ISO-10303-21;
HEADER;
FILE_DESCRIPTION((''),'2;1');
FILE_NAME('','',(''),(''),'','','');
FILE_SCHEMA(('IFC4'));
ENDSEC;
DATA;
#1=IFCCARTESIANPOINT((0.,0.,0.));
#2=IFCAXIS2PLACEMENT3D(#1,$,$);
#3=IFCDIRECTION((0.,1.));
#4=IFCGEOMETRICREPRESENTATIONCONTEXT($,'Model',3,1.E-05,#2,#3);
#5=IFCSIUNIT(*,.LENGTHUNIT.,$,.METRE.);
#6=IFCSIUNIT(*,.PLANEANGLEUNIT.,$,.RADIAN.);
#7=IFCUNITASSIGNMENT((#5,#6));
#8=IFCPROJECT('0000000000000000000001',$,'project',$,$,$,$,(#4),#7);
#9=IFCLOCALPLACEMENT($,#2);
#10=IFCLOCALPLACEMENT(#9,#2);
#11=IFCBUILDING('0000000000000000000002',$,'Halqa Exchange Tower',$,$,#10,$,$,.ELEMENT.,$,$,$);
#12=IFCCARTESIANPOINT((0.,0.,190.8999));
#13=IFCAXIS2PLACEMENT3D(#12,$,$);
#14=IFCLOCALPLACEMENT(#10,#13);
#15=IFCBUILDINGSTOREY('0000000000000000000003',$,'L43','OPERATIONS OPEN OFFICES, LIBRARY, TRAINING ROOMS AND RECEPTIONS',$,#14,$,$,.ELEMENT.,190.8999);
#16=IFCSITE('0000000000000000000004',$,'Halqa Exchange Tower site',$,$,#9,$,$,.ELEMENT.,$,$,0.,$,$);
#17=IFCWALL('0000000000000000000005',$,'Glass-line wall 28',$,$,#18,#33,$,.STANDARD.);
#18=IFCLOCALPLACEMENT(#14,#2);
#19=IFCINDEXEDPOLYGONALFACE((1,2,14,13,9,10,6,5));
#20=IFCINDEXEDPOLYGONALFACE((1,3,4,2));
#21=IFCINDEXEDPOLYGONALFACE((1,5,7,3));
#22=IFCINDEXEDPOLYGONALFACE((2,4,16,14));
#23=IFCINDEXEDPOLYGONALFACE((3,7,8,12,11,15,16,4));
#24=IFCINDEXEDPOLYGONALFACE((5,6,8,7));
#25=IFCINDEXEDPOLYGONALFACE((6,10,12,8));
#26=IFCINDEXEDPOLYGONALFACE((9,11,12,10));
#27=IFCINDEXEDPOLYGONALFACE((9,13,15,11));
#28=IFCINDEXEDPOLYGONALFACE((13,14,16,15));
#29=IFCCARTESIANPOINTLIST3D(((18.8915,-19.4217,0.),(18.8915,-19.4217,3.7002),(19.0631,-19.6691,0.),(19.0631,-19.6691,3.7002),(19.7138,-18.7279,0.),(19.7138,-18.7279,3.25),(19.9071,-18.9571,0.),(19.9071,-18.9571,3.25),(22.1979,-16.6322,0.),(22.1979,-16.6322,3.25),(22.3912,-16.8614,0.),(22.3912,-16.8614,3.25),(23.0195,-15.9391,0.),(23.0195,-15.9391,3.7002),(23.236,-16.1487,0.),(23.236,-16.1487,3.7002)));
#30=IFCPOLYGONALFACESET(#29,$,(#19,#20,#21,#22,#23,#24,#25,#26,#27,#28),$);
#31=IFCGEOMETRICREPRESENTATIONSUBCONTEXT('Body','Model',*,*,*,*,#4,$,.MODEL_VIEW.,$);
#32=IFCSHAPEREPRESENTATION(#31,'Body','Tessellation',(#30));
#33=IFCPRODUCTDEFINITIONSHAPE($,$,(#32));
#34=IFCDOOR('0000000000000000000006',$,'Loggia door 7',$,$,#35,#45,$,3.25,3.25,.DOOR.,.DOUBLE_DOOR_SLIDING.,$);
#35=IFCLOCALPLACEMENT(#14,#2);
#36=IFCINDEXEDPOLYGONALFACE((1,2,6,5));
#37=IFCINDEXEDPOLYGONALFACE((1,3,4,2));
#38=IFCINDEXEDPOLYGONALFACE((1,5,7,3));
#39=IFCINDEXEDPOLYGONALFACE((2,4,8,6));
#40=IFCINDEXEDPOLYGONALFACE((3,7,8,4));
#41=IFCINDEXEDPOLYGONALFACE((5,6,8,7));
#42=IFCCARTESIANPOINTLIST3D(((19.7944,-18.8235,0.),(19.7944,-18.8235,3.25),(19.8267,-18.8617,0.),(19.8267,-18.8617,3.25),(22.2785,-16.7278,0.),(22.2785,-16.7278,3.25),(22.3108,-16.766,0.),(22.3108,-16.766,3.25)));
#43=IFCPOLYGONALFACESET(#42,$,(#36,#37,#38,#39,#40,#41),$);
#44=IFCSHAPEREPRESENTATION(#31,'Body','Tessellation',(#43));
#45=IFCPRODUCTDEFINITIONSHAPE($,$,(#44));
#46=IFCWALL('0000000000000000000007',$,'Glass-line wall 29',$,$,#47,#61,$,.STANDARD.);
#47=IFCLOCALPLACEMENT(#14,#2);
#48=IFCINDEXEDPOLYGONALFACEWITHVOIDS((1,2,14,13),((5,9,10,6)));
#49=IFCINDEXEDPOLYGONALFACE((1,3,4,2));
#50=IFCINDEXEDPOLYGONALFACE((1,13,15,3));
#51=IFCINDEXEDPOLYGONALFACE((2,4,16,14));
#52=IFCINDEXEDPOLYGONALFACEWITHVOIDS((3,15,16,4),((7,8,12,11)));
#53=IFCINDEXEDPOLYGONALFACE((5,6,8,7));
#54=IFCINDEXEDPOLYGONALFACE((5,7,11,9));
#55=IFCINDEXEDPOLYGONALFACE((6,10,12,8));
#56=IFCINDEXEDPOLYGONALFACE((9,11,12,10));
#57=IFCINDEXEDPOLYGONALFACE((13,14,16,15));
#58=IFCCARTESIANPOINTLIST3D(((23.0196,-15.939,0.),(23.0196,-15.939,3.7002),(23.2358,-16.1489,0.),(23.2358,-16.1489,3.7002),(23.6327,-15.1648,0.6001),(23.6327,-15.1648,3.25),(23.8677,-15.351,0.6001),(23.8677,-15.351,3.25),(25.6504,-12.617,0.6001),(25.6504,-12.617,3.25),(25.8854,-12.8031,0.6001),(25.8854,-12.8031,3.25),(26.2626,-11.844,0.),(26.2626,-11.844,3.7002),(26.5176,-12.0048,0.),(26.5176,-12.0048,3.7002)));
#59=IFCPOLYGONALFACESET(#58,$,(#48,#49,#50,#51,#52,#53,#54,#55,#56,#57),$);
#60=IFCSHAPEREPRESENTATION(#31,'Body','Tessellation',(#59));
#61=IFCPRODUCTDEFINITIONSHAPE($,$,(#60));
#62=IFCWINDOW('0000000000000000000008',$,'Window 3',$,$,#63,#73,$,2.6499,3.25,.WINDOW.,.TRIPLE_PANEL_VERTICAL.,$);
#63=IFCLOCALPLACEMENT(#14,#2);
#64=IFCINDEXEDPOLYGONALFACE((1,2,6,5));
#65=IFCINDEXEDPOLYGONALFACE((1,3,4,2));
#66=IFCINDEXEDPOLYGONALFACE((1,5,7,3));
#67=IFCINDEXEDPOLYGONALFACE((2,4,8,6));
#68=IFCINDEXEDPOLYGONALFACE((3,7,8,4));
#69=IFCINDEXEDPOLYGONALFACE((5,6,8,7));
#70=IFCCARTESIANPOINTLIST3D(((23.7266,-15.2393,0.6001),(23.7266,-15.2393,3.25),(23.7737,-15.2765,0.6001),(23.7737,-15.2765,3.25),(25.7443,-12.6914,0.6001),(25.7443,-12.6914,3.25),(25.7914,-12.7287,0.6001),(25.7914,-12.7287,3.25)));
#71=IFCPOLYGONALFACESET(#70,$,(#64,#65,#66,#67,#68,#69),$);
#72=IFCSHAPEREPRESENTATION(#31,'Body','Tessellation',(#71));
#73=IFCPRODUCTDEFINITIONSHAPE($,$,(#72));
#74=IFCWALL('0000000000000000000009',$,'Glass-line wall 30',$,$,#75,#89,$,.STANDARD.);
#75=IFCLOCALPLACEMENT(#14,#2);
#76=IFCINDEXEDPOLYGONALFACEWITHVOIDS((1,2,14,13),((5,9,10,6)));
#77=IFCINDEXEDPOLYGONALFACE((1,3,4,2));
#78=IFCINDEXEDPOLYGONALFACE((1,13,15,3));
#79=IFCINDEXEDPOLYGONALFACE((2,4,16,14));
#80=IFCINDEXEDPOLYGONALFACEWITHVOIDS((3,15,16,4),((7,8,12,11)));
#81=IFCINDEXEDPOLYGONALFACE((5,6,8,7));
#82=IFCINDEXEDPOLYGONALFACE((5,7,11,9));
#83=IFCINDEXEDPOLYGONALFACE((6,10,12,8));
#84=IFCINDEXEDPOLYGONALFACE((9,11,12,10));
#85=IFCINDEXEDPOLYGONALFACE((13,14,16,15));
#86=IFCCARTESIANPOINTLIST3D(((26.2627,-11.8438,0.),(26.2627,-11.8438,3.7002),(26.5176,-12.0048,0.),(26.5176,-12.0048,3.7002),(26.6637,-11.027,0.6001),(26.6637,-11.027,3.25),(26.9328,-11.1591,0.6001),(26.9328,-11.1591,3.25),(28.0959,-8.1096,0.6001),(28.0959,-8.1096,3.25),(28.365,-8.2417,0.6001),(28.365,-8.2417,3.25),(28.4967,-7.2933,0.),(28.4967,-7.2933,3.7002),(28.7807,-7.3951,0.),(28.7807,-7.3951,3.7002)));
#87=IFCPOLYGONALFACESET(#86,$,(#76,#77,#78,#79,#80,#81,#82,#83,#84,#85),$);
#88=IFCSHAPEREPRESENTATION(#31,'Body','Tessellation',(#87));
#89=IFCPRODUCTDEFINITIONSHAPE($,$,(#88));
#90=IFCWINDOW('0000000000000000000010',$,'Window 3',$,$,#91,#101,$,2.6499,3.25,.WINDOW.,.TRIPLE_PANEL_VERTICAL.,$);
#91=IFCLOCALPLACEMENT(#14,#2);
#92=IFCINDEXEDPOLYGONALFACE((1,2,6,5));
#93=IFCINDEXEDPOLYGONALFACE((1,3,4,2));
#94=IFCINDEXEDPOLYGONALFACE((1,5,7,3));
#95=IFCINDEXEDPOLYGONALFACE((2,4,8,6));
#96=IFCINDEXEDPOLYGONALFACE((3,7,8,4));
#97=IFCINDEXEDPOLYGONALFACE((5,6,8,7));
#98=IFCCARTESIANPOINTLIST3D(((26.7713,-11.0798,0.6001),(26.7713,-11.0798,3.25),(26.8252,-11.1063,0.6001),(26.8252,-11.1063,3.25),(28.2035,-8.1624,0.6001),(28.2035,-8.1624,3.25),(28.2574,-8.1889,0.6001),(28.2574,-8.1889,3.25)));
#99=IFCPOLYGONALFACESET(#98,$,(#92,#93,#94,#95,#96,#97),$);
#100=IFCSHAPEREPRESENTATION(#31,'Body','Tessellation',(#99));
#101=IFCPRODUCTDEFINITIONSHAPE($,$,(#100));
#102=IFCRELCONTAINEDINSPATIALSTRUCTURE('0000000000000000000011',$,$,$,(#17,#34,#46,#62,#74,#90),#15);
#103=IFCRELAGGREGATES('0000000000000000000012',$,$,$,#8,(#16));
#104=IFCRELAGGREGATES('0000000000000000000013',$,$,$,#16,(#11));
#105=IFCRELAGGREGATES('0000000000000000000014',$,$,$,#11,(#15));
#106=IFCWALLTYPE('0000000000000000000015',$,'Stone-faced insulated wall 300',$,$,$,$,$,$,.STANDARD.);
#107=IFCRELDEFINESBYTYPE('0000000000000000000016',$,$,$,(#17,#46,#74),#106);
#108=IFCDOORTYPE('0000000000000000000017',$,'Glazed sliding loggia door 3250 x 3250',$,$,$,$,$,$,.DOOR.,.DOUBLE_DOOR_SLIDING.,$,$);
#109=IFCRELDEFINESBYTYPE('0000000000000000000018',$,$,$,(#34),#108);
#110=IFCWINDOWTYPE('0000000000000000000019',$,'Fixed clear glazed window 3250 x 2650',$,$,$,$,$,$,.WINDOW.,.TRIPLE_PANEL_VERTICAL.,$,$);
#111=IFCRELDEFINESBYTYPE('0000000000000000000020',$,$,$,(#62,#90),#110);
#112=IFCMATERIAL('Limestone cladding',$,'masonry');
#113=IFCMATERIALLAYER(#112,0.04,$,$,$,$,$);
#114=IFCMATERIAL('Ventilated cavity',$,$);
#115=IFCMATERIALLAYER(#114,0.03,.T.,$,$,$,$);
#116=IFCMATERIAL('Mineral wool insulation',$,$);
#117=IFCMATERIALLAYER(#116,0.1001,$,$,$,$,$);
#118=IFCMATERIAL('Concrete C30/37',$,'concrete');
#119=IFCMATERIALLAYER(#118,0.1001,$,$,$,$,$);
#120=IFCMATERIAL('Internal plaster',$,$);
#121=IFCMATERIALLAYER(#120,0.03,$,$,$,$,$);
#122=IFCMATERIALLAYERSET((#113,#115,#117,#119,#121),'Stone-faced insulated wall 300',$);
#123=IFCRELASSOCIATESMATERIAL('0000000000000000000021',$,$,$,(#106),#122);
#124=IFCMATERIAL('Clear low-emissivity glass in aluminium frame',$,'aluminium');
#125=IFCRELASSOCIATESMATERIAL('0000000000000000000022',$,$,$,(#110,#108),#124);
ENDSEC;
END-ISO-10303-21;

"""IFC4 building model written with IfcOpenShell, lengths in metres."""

from ifc_helpers import new_model, si_unit, direction, frame, frame_2d, origin, place, context, subcontext, project, spatial, polyline, rectangle, outline, extrude, material, layer, layer_set, type_object, element, fill, save


model = new_model("IFC4")

# Units and contexts
model_context = context("Model", 3, precision=1e-05, world=origin(), true_north=direction((0.0, 1.0)))
body_context = subcontext(model_context, "Body", "Model", "MODEL_VIEW")
ifc_project = project(units=[si_unit("LENGTHUNIT", "METRE"), si_unit("PLANEANGLEUNIT", "RADIAN")], contexts=[model_context])

# Site, building, storey
site_placement = place(None, origin())
site = spatial("IfcSite", under=ifc_project, at=site_placement, Name="Halqa Exchange Tower site", CompositionType="ELEMENT", RefElevation=0.0)
building_placement = place(site_placement, origin())
building = spatial("IfcBuilding", under=site, at=building_placement, Name="Halqa Exchange Tower", CompositionType="ELEMENT")
storey_placement = place(building_placement, frame((0.0, 0.0, 190.8999)))
storey = spatial("IfcBuildingStorey", under=building, at=storey_placement, Name="L43", Description="OPERATIONS OPEN OFFICES, LIBRARY, TRAINING ROOMS AND RECEPTIONS", CompositionType="ELEMENT", Elevation=190.8999)

# Shared definitions
ifc_material_1 = material(Name="Limestone cladding", Category="masonry")
ifc_layer_1 = layer(ifc_material_1, 0.04)
ifc_material_2 = material(Name="Ventilated cavity")
ifc_layer_2 = layer(ifc_material_2, 0.03, ventilated=True)
ifc_material_3 = material(Name="Mineral wool insulation")
ifc_layer_3 = layer(ifc_material_3, 0.1001)
ifc_material_4 = material(Name="Concrete C30/37", Category="concrete")
ifc_layer_4 = layer(ifc_material_4, 0.1001)
ifc_material_5 = material(Name="Internal plaster")
ifc_layer_5 = layer(ifc_material_5, 0.03)
ifc_layer_set_1 = layer_set([ifc_layer_1, ifc_layer_2, ifc_layer_3, ifc_layer_4, ifc_layer_5], Name="Stone-faced insulated wall 300")
wall_type_1 = type_object("IfcWallType", Name="Stone-faced insulated wall 300", PredefinedType="STANDARD", material=ifc_layer_set_1)
ifc_material_6 = material(Name="Clear low-emissivity glass in aluminium frame", Category="aluminium")
window_type = type_object("IfcWindowType", Name="Fixed clear glazed window 3250 x 2650", PartitioningType="TRIPLE_PANEL_VERTICAL", PredefinedType="WINDOW", material=ifc_material_6)

# Wall, opening, door
wall_1_placement = place(storey_placement, frame((18.9773, -19.5454, 0.0), z_axis=(0.0, 0.0, 1.0), x_axis=(0.76433, 0.644825, 0.0)))
wall_1 = element("IfcWall", 1, at=wall_1_placement, inside=storey, type_object=wall_type_1, Name="Glass-line wall 28", PredefinedType="STANDARD", context=body_context, shape_type="SweptSolid", body=[
    extrude(outline(polyline([(-0.0142, -0.1499), (5.4453, -0.1499), (5.415, 0.1499), (0.0142, 0.1499), (-0.0142, -0.1499)])), origin(), (0.0, 0.0, 1.0), 3.7002),
])
opening_1_placement = place(wall_1_placement, frame((1.0901, 0.0, 0.0)))
opening_1 = element("IfcOpeningElement", 2, at=opening_1_placement, cuts=wall_1, PredefinedType="OPENING", context=body_context, shape_type="SweptSolid", body=[
    extrude(rectangle(XDim=3.25, YDim=3.25, at=frame_2d((1.625, 1.625))), frame((0.0, 0.1621, 0.0), z_axis=(0.0, -1.0, 0.0), x_axis=(1.0, 0.0, 0.0)), (0.0, 0.0, 1.0), 0.324),
])
door_type = type_object("IfcDoorType", Name="Glazed sliding loggia door 3250 x 3250", OperationType="DOUBLE_DOOR_SLIDING", PredefinedType="DOOR", material=ifc_material_6)
door_placement = place(opening_1_placement, origin())
door = element("IfcDoor", 3, at=door_placement, inside=storey, type_object=door_type, Name="Loggia door 7", OperationType="DOUBLE_DOOR_SLIDING", OverallHeight=3.25, OverallWidth=3.25, PredefinedType="DOOR", context=body_context, shape_type="SweptSolid", body=[
    extrude(rectangle(XDim=3.25, YDim=3.25, at=frame_2d((1.625, 1.625))), frame((0.0, 0.0249, 0.0), z_axis=(0.0, -1.0, 0.0), x_axis=(1.0, 0.0, 0.0)), (0.0, 0.0, 1.0), 0.05),
])
fill(opening_1, door)

# Walls, openings, windows
wall_2_placement = place(storey_placement, frame((23.1277, -16.0439, 0.0), z_axis=(0.0, 0.0, 1.0), x_axis=(0.620829, 0.783946, 0.0)))
wall_2 = element("IfcWall", 4, at=wall_2_placement, inside=storey, type_object=wall_type_1, Name="Glass-line wall 29", PredefinedType="STANDARD", context=body_context, shape_type="SweptSolid", body=[
    extrude(outline(polyline([(-0.0151, -0.1499), (5.271, -0.1499), (5.2388, 0.1499), (0.0151, 0.1499), (-0.0151, -0.1499)])), origin(), (0.0, 0.0, 1.0), 3.7002),
])
opening_2_placement = place(wall_2_placement, frame((1.0027, 0.0, 0.6001)))
opening_2 = element("IfcOpeningElement", 5, at=opening_2_placement, cuts=wall_2, PredefinedType="OPENING", context=body_context, shape_type="SweptSolid", body=[
    extrude(rectangle(XDim=3.25, YDim=2.6499, at=frame_2d((1.625, 1.325))), frame((0.0, 0.1621, 0.0), z_axis=(0.0, -1.0, 0.0), x_axis=(1.0, 0.0, 0.0)), (0.0, 0.0, 1.0), 0.324),
])
window_1_placement = place(opening_2_placement, origin())
window_1 = element("IfcWindow", 6, at=window_1_placement, inside=storey, type_object=window_type, Name="Window 3", OverallHeight=2.6499, OverallWidth=3.25, PartitioningType="TRIPLE_PANEL_VERTICAL", PredefinedType="WINDOW", context=body_context, shape_type="SweptSolid", body=[
    extrude(rectangle(XDim=3.25, YDim=2.6499, at=frame_2d((1.625, 1.325))), frame((0.0, 0.03, 0.0), z_axis=(0.0, -1.0, 0.0), x_axis=(1.0, 0.0, 0.0)), (0.0, 0.0, 1.0), 0.0601),
])
fill(opening_2, window_1)
wall_3_placement = place(storey_placement, frame((26.3901, -11.9243, 0.0), z_axis=(0.0, 0.0, 1.0), x_axis=(0.440694, 0.897657, 0.0)))
wall_3 = element("IfcWall", 7, at=wall_3_placement, inside=storey, type_object=wall_type_1, Name="Glass-line wall 30", PredefinedType="STANDARD", context=body_context, shape_type="SweptSolid", body=[
    extrude(outline(polyline([(-0.0161, -0.1499), (5.1191, -0.1499), (5.0854, 0.1499), (0.0161, 0.1499), (-0.0161, -0.1499)])), origin(), (0.0, 0.0, 1.0), 3.7002),
])
opening_3_placement = place(wall_3_placement, frame((0.926, 0.0, 0.6001)))
opening_3 = element("IfcOpeningElement", 8, at=opening_3_placement, cuts=wall_3, PredefinedType="OPENING", context=body_context, shape_type="SweptSolid", body=[
    extrude(rectangle(XDim=3.25, YDim=2.6499, at=frame_2d((1.625, 1.325))), frame((0.0, 0.1621, 0.0), z_axis=(0.0, -1.0, 0.0), x_axis=(1.0, 0.0, 0.0)), (0.0, 0.0, 1.0), 0.324),
])
window_2_placement = place(opening_3_placement, origin())
window_2 = element("IfcWindow", 9, at=window_2_placement, inside=storey, type_object=window_type, Name="Window 3", OverallHeight=2.6499, OverallWidth=3.25, PartitioningType="TRIPLE_PANEL_VERTICAL", PredefinedType="WINDOW", context=body_context, shape_type="SweptSolid", body=[
    extrude(rectangle(XDim=3.25, YDim=2.6499, at=frame_2d((1.625, 1.325))), frame((0.0, 0.03, 0.0), z_axis=(0.0, -1.0, 0.0), x_axis=(1.0, 0.0, 0.0)), (0.0, 0.0, 1.0), 0.0601),
])
fill(opening_3, window_2)

save(model, "model.ifc")
